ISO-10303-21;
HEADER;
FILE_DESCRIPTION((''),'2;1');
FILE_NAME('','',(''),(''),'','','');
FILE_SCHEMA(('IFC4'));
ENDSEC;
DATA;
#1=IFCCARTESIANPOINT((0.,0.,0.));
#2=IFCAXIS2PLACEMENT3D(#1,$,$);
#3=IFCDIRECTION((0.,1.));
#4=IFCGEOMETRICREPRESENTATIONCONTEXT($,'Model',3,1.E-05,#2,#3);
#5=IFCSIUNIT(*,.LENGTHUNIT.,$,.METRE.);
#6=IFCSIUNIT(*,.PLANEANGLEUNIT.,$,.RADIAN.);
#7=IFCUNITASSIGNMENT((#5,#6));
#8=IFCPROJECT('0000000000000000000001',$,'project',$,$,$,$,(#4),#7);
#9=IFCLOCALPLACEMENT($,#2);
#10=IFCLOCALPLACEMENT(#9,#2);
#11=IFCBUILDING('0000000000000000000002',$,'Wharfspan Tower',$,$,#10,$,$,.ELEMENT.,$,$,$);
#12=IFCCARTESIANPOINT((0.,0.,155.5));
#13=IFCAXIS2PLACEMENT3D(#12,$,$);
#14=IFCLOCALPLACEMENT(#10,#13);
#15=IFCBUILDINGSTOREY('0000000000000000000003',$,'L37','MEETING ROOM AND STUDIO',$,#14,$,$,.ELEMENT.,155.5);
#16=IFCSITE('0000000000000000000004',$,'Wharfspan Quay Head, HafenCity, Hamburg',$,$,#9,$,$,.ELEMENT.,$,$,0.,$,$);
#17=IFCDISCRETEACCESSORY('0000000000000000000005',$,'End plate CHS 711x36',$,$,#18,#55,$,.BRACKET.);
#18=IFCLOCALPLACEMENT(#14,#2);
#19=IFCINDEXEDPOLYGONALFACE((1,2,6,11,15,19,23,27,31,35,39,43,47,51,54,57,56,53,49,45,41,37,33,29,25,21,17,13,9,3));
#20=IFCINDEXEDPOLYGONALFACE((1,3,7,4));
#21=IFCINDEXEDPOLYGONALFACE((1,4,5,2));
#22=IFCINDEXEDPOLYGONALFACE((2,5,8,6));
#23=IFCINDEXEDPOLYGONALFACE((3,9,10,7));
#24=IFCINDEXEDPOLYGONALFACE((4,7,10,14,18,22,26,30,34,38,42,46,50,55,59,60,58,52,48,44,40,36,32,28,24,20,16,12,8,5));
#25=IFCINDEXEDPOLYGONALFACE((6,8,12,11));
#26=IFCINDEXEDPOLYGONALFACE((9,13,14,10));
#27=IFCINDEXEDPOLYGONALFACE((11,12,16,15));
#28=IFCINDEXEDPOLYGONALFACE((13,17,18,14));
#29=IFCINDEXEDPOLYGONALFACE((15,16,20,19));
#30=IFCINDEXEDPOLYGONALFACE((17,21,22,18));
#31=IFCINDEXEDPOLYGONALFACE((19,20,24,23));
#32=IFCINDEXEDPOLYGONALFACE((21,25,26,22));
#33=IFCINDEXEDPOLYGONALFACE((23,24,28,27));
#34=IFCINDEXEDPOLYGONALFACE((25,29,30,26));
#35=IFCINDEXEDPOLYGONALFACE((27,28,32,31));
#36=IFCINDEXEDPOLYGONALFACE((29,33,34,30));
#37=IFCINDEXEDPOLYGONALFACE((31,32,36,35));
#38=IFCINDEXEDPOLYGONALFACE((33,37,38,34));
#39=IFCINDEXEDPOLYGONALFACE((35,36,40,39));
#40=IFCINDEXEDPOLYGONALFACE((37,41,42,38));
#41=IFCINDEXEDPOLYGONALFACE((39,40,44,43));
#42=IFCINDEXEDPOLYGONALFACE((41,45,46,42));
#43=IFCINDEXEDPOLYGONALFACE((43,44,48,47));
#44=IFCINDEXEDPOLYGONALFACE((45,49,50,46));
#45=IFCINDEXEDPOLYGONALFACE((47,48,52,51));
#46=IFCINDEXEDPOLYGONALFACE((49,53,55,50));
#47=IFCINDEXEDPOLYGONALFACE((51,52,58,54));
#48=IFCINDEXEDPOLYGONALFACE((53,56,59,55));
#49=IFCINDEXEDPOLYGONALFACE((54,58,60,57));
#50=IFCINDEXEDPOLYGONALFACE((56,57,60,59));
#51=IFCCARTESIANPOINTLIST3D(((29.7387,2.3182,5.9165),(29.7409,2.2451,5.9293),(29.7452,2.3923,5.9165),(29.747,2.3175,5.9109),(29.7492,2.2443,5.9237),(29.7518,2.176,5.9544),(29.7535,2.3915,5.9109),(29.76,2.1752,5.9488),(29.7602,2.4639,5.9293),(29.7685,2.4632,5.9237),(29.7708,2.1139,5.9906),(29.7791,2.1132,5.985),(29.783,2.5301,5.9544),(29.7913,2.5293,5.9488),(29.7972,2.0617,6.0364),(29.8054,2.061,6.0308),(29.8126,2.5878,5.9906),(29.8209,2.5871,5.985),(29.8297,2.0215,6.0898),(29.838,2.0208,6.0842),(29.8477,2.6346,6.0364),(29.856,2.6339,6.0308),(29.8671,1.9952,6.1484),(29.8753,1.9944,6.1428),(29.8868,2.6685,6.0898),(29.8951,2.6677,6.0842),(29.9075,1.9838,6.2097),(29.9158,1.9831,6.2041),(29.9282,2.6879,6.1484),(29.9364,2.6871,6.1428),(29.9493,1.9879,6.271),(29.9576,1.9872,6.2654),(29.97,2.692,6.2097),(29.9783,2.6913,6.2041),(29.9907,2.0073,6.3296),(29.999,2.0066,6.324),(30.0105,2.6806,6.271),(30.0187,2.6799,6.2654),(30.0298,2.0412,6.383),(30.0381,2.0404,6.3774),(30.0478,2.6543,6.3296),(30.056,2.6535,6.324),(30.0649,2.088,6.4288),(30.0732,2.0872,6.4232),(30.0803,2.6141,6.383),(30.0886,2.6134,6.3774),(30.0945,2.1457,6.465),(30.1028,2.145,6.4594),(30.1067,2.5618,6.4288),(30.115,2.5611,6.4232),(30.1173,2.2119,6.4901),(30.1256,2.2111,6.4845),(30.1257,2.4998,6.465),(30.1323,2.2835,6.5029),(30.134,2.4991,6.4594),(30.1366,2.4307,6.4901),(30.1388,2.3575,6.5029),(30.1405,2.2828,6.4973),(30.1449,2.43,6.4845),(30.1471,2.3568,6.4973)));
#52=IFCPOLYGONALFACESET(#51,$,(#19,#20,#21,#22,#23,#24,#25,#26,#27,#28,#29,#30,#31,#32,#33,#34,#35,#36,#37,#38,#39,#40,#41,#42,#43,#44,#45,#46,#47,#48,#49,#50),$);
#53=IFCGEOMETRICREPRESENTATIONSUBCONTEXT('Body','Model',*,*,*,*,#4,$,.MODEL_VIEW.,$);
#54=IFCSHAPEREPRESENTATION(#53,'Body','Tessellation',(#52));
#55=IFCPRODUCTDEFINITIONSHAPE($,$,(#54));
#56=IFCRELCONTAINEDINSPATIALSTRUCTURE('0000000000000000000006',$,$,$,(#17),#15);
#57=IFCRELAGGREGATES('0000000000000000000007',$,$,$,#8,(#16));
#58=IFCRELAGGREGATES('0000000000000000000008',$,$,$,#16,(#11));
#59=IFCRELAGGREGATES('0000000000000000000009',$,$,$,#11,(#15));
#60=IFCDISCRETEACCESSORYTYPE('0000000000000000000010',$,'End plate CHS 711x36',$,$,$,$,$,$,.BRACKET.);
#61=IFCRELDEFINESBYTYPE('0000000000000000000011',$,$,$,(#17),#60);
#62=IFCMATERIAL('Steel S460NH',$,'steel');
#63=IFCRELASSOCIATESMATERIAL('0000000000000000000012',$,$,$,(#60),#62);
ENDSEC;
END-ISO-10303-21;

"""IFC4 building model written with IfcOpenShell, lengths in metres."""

from ifc_helpers import new_model, si_unit, direction, frame, origin, origin_2d, place, context, subcontext, project, spatial, circle, extrude, material, material_profile, profile_set, type_object, element, save


model = new_model("IFC4")

# Units and contexts
model_context = context("Model", 3, precision=1e-05, world=origin(), true_north=direction((0.0, 1.0)))
body_context = subcontext(model_context, "Body", "Model", "MODEL_VIEW")
ifc_project = project(units=[si_unit("LENGTHUNIT", "METRE"), si_unit("PLANEANGLEUNIT", "RADIAN")], contexts=[model_context])

# Site, building, storey
site_placement = place(None, origin())
site = spatial("IfcSite", under=ifc_project, at=site_placement, Name="Wharfspan Quay Head, HafenCity, Hamburg", CompositionType="ELEMENT", RefElevation=0.0)
building_placement = place(site_placement, origin())
building = spatial("IfcBuilding", under=site, at=building_placement, Name="Wharfspan Tower", CompositionType="ELEMENT")
storey_placement = place(building_placement, frame((0.0, 0.0, 155.5)))
storey = spatial("IfcBuildingStorey", under=building, at=storey_placement, Name="L37", Description="MEETING ROOM AND STUDIO", CompositionType="ELEMENT", Elevation=155.5)

# Discrete accessory
ifc_material_1 = material(Name="Steel S460NH", Category="steel")
ifc_material_profile_1 = material_profile(ifc_material_1, circle(Radius=0.3555, at=origin_2d()))
ifc_profile_set_1 = profile_set([ifc_material_profile_1], Name="Steel S460NH")
discrete_accessory_type = type_object("IfcDiscreteAccessoryType", Name="End plate CHS 711x36", PredefinedType="BRACKET", material=ifc_profile_set_1)
discrete_accessory_1_placement = place(storey_placement, frame((29.947, 2.3372, 6.2041), z_axis=(-0.82608, 0.072889, 0.558819), x_axis=(-0.087894, -0.99613, -0.000001)))
element("IfcDiscreteAccessory", 1, at=discrete_accessory_1_placement, inside=storey, type_object=discrete_accessory_type, Name="End plate CHS 711x36", PredefinedType="BRACKET", context=body_context, shape_type="SweptSolid", body=[
    extrude(circle(Radius=0.3555, at=origin_2d()), origin(), (0.0, 0.0, 1.0), 0.01),
])

save(model, "model.ifc")
